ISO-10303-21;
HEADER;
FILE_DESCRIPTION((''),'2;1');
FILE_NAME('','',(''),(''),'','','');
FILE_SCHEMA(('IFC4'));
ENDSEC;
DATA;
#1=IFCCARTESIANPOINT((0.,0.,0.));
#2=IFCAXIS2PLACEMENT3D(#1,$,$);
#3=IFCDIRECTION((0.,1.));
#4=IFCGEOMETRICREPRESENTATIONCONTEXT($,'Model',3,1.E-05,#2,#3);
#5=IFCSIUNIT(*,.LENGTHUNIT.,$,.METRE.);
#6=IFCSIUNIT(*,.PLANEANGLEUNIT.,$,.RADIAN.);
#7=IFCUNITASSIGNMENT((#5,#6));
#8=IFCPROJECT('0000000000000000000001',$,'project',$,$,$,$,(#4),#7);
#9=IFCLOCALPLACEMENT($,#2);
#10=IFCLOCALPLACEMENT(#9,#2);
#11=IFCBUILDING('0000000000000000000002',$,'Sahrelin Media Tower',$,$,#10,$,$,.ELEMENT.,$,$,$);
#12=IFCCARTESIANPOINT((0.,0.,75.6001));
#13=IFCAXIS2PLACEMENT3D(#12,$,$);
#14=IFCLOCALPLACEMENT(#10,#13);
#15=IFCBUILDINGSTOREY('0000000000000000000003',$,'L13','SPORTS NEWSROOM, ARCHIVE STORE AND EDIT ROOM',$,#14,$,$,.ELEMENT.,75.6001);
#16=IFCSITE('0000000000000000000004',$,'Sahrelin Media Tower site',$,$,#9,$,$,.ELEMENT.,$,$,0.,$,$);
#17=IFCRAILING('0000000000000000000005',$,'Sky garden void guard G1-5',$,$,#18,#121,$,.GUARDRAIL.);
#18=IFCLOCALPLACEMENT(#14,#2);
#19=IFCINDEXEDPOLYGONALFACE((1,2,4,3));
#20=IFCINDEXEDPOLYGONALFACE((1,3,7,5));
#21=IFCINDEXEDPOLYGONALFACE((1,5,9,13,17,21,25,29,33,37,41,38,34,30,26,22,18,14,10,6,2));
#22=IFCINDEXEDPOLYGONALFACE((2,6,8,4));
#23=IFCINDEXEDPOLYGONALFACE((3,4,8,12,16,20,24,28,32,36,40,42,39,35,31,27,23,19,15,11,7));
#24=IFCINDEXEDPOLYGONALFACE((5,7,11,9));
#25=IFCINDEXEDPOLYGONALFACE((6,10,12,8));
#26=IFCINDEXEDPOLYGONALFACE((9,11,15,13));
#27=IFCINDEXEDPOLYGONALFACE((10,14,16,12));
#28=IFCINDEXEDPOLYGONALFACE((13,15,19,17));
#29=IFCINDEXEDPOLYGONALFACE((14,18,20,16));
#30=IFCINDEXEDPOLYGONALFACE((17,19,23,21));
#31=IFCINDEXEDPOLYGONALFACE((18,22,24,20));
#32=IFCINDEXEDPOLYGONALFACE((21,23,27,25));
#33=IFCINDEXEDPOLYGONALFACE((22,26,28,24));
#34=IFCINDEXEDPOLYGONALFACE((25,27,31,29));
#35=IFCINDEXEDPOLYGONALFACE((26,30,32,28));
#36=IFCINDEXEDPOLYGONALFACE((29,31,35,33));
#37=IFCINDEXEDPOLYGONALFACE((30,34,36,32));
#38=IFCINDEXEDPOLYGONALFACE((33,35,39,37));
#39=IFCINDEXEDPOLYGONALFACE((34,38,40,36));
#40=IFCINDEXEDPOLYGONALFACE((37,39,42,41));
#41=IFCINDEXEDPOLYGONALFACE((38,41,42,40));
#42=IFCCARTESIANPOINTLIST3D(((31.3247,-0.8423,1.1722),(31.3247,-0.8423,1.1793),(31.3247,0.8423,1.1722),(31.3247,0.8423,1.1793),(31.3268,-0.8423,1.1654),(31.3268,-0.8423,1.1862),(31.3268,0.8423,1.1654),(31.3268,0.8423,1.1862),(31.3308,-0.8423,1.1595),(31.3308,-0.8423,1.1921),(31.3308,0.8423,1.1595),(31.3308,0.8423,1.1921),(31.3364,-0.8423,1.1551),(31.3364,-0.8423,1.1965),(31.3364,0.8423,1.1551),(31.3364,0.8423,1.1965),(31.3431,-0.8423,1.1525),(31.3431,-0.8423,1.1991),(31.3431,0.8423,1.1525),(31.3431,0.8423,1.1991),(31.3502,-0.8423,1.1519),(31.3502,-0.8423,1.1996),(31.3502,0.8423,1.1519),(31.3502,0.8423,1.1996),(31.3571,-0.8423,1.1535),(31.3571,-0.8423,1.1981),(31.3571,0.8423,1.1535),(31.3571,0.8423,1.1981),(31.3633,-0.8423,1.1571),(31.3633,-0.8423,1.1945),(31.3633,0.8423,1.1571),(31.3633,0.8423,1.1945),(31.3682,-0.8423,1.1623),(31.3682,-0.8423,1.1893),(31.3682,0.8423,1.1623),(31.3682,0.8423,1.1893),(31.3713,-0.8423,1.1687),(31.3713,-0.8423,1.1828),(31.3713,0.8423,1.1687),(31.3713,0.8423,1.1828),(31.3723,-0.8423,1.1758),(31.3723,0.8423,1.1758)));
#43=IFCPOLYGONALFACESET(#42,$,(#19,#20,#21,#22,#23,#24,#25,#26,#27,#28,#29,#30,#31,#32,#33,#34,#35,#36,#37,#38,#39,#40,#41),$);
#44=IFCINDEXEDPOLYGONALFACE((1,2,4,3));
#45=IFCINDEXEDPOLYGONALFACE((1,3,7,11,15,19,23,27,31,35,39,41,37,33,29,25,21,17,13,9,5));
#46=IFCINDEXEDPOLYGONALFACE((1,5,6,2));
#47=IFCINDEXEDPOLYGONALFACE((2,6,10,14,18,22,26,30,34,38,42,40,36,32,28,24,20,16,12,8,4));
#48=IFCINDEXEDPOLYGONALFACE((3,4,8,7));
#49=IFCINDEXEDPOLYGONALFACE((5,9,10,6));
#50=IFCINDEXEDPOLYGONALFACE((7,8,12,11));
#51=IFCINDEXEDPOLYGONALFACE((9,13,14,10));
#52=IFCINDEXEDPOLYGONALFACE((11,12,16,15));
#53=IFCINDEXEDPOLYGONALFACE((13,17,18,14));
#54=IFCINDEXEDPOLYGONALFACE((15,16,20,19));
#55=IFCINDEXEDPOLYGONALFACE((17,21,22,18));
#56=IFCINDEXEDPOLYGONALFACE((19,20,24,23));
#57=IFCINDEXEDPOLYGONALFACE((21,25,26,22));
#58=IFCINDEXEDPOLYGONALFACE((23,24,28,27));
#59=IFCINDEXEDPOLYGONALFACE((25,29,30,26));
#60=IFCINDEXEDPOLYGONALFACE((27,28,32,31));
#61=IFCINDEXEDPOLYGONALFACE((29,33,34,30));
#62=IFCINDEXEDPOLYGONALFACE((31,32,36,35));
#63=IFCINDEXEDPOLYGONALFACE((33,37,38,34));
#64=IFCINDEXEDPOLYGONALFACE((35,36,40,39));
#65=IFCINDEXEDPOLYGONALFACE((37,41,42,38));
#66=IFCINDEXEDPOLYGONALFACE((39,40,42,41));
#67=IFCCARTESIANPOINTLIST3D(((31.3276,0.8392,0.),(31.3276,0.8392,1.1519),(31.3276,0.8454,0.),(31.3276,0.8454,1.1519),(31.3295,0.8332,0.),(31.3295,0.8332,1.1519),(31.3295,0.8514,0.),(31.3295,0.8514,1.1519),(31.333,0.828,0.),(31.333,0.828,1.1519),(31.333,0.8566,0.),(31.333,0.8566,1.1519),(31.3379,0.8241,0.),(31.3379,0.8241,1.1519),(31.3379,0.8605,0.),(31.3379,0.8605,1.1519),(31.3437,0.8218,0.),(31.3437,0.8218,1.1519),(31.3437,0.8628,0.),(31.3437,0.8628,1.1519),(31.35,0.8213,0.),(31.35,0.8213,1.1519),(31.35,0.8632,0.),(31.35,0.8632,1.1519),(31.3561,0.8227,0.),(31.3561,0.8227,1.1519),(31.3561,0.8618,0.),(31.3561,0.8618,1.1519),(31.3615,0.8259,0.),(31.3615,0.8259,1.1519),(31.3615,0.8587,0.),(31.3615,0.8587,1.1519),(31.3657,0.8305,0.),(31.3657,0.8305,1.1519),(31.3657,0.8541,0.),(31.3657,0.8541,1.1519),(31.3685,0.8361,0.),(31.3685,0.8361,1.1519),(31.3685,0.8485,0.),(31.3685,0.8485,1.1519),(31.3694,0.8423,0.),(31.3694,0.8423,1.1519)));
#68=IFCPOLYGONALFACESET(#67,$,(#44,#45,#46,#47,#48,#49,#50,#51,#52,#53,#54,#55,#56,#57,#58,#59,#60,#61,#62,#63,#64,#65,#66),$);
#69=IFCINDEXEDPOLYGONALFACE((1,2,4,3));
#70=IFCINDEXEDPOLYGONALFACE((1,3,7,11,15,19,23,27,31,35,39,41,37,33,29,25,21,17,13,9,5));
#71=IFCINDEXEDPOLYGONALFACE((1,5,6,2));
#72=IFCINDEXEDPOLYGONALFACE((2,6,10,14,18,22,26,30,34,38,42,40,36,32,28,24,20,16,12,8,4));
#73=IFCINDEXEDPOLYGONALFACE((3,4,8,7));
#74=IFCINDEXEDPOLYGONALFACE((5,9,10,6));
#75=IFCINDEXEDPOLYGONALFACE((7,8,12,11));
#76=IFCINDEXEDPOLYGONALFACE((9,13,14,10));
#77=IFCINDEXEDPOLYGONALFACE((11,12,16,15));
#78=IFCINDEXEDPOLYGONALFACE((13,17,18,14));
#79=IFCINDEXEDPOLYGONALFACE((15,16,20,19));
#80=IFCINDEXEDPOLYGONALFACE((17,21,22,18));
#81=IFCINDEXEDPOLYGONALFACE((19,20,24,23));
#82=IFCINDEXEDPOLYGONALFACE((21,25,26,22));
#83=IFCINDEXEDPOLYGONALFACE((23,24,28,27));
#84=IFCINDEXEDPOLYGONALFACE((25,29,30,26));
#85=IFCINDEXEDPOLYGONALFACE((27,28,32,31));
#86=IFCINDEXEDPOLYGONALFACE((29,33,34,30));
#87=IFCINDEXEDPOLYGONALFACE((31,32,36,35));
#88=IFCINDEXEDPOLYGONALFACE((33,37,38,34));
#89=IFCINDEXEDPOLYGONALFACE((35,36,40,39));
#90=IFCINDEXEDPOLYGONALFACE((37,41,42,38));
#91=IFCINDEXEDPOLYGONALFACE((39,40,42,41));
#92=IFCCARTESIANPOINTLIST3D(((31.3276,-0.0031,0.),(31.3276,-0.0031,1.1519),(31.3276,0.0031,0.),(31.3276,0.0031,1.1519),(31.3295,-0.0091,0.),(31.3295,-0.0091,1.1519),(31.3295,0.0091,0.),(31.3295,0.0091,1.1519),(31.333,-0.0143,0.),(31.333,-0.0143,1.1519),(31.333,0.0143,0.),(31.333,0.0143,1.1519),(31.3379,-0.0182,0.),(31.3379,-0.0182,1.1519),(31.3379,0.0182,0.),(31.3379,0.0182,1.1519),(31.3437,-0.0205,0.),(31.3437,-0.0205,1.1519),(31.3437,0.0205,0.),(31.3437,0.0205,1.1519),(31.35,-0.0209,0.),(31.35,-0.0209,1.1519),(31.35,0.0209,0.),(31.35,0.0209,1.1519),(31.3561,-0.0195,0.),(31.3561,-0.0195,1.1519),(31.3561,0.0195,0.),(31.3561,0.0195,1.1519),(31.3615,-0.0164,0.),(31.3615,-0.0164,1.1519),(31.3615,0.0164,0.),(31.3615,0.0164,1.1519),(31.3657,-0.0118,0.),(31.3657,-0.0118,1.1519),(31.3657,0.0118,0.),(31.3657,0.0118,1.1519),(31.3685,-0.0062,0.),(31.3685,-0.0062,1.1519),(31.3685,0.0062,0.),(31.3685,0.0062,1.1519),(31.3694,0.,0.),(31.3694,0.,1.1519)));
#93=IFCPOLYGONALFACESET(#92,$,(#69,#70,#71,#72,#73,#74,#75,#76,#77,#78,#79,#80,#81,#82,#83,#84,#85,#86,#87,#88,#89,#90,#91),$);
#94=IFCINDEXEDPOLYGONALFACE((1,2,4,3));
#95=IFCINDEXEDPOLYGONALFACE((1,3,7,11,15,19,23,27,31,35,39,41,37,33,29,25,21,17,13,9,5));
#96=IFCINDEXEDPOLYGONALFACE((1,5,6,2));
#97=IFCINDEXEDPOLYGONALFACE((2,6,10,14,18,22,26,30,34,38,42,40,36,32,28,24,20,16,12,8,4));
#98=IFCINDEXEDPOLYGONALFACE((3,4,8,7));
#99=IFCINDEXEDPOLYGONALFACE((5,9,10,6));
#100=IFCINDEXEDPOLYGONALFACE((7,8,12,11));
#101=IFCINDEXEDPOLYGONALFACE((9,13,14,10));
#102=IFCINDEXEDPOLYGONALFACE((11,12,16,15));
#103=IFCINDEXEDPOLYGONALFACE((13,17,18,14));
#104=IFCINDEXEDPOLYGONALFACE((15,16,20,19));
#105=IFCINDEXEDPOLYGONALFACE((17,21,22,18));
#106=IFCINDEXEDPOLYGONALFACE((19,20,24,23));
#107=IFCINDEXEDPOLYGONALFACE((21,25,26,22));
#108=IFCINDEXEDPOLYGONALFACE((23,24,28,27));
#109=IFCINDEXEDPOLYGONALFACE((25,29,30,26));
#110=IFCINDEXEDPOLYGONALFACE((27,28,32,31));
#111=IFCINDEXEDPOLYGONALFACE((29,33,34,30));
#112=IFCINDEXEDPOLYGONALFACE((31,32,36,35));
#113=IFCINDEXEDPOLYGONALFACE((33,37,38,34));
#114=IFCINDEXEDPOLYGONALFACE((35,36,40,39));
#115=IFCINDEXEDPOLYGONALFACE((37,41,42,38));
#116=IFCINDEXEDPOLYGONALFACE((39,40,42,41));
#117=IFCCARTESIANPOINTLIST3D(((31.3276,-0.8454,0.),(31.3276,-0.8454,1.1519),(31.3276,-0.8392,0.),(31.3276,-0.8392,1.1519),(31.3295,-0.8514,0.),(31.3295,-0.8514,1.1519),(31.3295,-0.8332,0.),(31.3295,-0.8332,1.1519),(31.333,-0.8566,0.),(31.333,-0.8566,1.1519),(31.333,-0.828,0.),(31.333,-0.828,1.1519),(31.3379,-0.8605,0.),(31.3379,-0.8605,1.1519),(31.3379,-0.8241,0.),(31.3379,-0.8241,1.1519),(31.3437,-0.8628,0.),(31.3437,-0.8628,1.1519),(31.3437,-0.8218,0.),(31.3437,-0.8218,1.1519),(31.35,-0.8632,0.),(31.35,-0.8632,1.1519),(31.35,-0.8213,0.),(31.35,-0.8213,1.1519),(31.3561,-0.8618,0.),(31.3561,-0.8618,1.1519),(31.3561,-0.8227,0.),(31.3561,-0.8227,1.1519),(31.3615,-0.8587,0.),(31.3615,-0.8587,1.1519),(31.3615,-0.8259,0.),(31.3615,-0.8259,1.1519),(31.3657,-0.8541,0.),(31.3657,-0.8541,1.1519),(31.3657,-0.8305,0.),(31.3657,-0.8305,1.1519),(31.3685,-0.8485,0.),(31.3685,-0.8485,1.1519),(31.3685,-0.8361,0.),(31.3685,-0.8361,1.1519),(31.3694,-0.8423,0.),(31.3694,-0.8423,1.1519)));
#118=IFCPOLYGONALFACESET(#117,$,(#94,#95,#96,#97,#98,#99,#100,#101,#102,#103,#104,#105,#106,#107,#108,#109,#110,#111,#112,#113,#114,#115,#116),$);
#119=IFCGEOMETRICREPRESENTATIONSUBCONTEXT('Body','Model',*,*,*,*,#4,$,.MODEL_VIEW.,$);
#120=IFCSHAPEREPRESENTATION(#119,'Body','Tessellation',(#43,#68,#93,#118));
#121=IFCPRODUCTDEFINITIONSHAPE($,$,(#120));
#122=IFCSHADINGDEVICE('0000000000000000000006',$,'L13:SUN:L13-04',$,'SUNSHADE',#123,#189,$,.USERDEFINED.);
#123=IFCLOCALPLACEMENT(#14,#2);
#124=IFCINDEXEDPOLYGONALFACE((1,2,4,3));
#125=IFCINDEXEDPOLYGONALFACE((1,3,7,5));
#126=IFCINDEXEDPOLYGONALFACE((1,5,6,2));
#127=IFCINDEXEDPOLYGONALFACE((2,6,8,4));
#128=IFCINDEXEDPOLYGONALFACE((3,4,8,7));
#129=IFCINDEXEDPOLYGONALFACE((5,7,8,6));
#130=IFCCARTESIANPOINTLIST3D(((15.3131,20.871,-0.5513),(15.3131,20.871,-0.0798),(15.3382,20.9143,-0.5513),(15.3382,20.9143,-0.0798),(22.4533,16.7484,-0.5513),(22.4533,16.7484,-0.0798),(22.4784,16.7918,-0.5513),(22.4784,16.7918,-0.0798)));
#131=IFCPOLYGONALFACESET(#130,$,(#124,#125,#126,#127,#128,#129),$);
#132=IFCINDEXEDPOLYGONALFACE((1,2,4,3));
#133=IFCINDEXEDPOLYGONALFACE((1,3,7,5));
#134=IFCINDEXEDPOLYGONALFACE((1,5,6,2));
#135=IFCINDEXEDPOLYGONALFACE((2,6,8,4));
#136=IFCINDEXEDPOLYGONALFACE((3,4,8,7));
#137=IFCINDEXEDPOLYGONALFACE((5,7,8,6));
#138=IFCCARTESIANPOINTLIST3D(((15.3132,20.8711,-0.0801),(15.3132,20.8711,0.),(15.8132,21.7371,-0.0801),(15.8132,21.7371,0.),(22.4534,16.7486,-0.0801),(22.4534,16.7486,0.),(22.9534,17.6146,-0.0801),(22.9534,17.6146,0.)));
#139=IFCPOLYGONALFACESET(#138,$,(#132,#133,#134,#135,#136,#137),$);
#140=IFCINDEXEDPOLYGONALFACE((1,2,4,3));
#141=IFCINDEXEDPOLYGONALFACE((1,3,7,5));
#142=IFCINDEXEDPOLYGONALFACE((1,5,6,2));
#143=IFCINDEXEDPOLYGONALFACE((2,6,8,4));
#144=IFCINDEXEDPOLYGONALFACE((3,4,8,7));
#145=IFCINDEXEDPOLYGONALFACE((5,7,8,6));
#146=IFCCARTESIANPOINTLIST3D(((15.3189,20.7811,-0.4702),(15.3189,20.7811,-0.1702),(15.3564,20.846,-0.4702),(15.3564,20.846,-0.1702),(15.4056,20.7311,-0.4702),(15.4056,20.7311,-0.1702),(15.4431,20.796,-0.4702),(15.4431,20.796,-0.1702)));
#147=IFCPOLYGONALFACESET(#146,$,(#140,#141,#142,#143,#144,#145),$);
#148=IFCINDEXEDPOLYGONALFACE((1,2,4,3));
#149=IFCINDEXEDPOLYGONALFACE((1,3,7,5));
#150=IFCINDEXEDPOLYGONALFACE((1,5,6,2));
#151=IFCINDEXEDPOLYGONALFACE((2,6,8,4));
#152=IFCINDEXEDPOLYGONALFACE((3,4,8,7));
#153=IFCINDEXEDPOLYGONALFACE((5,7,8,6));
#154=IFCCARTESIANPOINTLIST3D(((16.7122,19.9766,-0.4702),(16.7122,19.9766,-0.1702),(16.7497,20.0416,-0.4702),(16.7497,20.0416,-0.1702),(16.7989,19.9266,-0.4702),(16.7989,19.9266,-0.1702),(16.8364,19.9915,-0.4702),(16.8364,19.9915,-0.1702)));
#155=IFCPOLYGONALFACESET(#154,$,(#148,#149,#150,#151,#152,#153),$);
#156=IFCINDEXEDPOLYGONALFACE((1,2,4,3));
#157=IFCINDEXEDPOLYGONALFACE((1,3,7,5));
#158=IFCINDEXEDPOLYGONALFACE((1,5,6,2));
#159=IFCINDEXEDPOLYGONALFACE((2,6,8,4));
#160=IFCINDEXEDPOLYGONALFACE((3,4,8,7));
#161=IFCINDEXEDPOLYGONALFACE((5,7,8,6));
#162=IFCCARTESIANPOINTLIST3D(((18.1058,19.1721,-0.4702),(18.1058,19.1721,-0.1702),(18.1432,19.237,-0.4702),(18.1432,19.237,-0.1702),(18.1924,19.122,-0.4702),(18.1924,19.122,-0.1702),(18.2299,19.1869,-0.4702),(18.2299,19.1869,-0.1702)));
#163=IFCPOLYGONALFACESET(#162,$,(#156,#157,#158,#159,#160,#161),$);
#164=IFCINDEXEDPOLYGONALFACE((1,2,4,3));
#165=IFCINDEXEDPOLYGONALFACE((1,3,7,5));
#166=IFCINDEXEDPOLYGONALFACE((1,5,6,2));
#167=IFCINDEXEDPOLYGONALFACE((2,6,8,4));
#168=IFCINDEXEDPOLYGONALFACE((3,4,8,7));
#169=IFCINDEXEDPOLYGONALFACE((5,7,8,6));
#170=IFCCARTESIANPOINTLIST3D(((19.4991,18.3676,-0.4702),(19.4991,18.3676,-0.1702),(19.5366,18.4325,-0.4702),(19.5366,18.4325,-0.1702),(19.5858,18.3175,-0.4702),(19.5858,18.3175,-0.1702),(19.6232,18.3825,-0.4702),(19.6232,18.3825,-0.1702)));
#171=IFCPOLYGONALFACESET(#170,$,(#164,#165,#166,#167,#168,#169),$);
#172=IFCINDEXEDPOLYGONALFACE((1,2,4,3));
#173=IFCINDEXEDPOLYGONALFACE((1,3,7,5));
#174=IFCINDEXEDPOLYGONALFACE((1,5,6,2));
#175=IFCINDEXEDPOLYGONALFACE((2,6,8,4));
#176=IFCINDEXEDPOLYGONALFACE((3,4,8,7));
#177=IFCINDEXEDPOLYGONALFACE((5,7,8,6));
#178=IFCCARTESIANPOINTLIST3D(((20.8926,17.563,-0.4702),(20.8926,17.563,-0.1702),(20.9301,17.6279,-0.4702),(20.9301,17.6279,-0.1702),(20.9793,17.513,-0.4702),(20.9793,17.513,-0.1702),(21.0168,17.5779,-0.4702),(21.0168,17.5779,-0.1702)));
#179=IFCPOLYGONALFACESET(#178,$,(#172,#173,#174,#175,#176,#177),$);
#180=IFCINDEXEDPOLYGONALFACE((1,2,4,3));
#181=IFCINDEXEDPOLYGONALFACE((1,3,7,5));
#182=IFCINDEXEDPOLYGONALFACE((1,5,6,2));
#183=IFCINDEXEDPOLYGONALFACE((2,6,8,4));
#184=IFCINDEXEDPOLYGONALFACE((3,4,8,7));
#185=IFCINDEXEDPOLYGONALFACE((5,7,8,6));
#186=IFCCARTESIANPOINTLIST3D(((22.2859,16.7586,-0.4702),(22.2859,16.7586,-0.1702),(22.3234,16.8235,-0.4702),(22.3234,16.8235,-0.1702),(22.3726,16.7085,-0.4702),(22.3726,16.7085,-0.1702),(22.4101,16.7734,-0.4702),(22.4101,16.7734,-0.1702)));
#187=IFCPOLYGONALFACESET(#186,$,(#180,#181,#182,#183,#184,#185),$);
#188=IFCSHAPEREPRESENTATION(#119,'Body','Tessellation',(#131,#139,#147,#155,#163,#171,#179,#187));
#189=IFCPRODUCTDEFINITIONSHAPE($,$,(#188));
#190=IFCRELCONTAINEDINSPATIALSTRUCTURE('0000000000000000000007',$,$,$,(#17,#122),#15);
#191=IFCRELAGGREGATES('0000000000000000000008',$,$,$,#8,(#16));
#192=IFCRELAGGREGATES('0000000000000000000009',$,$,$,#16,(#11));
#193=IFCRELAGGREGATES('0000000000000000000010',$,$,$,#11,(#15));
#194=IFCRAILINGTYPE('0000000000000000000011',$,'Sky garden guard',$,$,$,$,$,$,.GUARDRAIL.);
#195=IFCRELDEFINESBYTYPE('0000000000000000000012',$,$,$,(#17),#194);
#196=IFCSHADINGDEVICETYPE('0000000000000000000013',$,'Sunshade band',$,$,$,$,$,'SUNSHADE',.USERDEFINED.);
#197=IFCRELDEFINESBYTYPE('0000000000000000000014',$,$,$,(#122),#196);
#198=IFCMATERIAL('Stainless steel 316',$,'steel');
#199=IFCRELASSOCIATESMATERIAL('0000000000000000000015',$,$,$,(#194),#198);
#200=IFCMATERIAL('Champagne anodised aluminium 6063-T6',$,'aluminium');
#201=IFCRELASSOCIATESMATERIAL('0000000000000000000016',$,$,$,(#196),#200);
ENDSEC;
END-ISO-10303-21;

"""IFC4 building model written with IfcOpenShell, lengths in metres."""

from ifc_helpers import new_model, si_unit, direction, frame, origin, origin_2d, place, context, subcontext, project, spatial, rectangle, circle, extrude, material, type_object, element, save


model = new_model("IFC4")

# Units and contexts
model_context = context("Model", 3, precision=1e-05, world=origin(), true_north=direction((0.0, 1.0)))
body_context = subcontext(model_context, "Body", "Model", "MODEL_VIEW")
ifc_project = project(units=[si_unit("LENGTHUNIT", "METRE"), si_unit("PLANEANGLEUNIT", "RADIAN")], contexts=[model_context])

# Site, building, storey
site_placement = place(None, origin())
site = spatial("IfcSite", under=ifc_project, at=site_placement, Name="Sahrelin Media Tower site", CompositionType="ELEMENT", RefElevation=0.0)
building_placement = place(site_placement, origin())
building = spatial("IfcBuilding", under=site, at=building_placement, Name="Sahrelin Media Tower", CompositionType="ELEMENT")
storey_placement = place(building_placement, frame((0.0, 0.0, 75.6001)))
storey = spatial("IfcBuildingStorey", under=building, at=storey_placement, Name="L13", Description="SPORTS NEWSROOM, ARCHIVE STORE AND EDIT ROOM", CompositionType="ELEMENT", Elevation=75.6001)

# Shared definitions
ifc_material_1 = material(Name="Champagne anodised aluminium 6063-T6", Category="aluminium")

# Shared definitions
placement = place(storey_placement, frame((18.8733, 18.7925, 0.0), z_axis=(0.0, 0.0, 1.0), x_axis=(0.866019, -0.500011, 0.0)))

# Railing
ifc_material_2 = material(Name="Stainless steel 316", Category="steel")
railing_type = type_object("IfcRailingType", Name="Sky garden guard", PredefinedType="GUARDRAIL", material=ifc_material_2)
railing_1_placement = place(storey_placement, frame((31.3484, 0.8423, 0.0)))
element("IfcRailing", 1, at=railing_1_placement, inside=storey, type_object=railing_type, Name="Sky garden void guard G1-5", PredefinedType="GUARDRAIL", context=body_context, shape_type="SweptSolid", body=[
    extrude(circle(Radius=0.0239, at=origin_2d()), frame((0.0, 0.0, 1.1758), z_axis=(0.0, -1.0, 0.0), x_axis=(1.0, 0.0, 0.0)), (0.0, 0.0, 1.0), 1.6846),
    extrude(circle(Radius=0.021, at=origin_2d()), origin(), (0.0, 0.0, 1.0), 1.1519),
    extrude(circle(Radius=0.021, at=origin_2d()), frame((0.0, -0.8423, 0.0)), (0.0, 0.0, 1.0), 1.1519),
    extrude(circle(Radius=0.021, at=origin_2d()), frame((0.0, -1.6846, 0.0)), (0.0, 0.0, 1.0), 1.1519),
])

# Shading device
shading_device_type_1 = type_object("IfcShadingDeviceType", Name="Sunshade band", ElementType="SUNSHADE", PredefinedType="USERDEFINED", material=ifc_material_1)
element("IfcShadingDevice", 2, at=placement, inside=storey, type_object=shading_device_type_1, Name="L13:SUN:L13-04", ObjectType="SUNSHADE", PredefinedType="USERDEFINED", context=body_context, shape_type="SweptSolid", body=[
    extrude(rectangle(XDim=8.2449, YDim=0.05, at=origin_2d()), frame((0.0, 0.0449, -0.5513)), (0.0, 0.0, 1.0), 0.4714),
    extrude(rectangle(XDim=8.2449, YDim=1.0, at=origin_2d()), frame((0.0, 0.52, -0.0801)), (0.0, 0.0, 1.0), 0.0801),
    extrude(rectangle(XDim=0.1001, YDim=0.075, at=origin_2d()), frame((-4.0225, -0.0176, -0.4702)), (0.0, 0.0, 1.0), 0.3),
    extrude(rectangle(XDim=0.1001, YDim=0.075, at=origin_2d()), frame((-2.4136, -0.0176, -0.4702)), (0.0, 0.0, 1.0), 0.3),
    extrude(rectangle(XDim=0.1001, YDim=0.075, at=origin_2d()), frame((-0.8044, -0.0176, -0.4702)), (0.0, 0.0, 1.0), 0.3),
    extrude(rectangle(XDim=0.1001, YDim=0.075, at=origin_2d()), frame((0.8044, -0.0176, -0.4702)), (0.0, 0.0, 1.0), 0.3),
    extrude(rectangle(XDim=0.1001, YDim=0.075, at=origin_2d()), frame((2.4136, -0.0176, -0.4702)), (0.0, 0.0, 1.0), 0.3),
    extrude(rectangle(XDim=0.1001, YDim=0.075, at=origin_2d()), frame((4.0225, -0.0176, -0.4702)), (0.0, 0.0, 1.0), 0.3),
])

save(model, "model.ifc")
